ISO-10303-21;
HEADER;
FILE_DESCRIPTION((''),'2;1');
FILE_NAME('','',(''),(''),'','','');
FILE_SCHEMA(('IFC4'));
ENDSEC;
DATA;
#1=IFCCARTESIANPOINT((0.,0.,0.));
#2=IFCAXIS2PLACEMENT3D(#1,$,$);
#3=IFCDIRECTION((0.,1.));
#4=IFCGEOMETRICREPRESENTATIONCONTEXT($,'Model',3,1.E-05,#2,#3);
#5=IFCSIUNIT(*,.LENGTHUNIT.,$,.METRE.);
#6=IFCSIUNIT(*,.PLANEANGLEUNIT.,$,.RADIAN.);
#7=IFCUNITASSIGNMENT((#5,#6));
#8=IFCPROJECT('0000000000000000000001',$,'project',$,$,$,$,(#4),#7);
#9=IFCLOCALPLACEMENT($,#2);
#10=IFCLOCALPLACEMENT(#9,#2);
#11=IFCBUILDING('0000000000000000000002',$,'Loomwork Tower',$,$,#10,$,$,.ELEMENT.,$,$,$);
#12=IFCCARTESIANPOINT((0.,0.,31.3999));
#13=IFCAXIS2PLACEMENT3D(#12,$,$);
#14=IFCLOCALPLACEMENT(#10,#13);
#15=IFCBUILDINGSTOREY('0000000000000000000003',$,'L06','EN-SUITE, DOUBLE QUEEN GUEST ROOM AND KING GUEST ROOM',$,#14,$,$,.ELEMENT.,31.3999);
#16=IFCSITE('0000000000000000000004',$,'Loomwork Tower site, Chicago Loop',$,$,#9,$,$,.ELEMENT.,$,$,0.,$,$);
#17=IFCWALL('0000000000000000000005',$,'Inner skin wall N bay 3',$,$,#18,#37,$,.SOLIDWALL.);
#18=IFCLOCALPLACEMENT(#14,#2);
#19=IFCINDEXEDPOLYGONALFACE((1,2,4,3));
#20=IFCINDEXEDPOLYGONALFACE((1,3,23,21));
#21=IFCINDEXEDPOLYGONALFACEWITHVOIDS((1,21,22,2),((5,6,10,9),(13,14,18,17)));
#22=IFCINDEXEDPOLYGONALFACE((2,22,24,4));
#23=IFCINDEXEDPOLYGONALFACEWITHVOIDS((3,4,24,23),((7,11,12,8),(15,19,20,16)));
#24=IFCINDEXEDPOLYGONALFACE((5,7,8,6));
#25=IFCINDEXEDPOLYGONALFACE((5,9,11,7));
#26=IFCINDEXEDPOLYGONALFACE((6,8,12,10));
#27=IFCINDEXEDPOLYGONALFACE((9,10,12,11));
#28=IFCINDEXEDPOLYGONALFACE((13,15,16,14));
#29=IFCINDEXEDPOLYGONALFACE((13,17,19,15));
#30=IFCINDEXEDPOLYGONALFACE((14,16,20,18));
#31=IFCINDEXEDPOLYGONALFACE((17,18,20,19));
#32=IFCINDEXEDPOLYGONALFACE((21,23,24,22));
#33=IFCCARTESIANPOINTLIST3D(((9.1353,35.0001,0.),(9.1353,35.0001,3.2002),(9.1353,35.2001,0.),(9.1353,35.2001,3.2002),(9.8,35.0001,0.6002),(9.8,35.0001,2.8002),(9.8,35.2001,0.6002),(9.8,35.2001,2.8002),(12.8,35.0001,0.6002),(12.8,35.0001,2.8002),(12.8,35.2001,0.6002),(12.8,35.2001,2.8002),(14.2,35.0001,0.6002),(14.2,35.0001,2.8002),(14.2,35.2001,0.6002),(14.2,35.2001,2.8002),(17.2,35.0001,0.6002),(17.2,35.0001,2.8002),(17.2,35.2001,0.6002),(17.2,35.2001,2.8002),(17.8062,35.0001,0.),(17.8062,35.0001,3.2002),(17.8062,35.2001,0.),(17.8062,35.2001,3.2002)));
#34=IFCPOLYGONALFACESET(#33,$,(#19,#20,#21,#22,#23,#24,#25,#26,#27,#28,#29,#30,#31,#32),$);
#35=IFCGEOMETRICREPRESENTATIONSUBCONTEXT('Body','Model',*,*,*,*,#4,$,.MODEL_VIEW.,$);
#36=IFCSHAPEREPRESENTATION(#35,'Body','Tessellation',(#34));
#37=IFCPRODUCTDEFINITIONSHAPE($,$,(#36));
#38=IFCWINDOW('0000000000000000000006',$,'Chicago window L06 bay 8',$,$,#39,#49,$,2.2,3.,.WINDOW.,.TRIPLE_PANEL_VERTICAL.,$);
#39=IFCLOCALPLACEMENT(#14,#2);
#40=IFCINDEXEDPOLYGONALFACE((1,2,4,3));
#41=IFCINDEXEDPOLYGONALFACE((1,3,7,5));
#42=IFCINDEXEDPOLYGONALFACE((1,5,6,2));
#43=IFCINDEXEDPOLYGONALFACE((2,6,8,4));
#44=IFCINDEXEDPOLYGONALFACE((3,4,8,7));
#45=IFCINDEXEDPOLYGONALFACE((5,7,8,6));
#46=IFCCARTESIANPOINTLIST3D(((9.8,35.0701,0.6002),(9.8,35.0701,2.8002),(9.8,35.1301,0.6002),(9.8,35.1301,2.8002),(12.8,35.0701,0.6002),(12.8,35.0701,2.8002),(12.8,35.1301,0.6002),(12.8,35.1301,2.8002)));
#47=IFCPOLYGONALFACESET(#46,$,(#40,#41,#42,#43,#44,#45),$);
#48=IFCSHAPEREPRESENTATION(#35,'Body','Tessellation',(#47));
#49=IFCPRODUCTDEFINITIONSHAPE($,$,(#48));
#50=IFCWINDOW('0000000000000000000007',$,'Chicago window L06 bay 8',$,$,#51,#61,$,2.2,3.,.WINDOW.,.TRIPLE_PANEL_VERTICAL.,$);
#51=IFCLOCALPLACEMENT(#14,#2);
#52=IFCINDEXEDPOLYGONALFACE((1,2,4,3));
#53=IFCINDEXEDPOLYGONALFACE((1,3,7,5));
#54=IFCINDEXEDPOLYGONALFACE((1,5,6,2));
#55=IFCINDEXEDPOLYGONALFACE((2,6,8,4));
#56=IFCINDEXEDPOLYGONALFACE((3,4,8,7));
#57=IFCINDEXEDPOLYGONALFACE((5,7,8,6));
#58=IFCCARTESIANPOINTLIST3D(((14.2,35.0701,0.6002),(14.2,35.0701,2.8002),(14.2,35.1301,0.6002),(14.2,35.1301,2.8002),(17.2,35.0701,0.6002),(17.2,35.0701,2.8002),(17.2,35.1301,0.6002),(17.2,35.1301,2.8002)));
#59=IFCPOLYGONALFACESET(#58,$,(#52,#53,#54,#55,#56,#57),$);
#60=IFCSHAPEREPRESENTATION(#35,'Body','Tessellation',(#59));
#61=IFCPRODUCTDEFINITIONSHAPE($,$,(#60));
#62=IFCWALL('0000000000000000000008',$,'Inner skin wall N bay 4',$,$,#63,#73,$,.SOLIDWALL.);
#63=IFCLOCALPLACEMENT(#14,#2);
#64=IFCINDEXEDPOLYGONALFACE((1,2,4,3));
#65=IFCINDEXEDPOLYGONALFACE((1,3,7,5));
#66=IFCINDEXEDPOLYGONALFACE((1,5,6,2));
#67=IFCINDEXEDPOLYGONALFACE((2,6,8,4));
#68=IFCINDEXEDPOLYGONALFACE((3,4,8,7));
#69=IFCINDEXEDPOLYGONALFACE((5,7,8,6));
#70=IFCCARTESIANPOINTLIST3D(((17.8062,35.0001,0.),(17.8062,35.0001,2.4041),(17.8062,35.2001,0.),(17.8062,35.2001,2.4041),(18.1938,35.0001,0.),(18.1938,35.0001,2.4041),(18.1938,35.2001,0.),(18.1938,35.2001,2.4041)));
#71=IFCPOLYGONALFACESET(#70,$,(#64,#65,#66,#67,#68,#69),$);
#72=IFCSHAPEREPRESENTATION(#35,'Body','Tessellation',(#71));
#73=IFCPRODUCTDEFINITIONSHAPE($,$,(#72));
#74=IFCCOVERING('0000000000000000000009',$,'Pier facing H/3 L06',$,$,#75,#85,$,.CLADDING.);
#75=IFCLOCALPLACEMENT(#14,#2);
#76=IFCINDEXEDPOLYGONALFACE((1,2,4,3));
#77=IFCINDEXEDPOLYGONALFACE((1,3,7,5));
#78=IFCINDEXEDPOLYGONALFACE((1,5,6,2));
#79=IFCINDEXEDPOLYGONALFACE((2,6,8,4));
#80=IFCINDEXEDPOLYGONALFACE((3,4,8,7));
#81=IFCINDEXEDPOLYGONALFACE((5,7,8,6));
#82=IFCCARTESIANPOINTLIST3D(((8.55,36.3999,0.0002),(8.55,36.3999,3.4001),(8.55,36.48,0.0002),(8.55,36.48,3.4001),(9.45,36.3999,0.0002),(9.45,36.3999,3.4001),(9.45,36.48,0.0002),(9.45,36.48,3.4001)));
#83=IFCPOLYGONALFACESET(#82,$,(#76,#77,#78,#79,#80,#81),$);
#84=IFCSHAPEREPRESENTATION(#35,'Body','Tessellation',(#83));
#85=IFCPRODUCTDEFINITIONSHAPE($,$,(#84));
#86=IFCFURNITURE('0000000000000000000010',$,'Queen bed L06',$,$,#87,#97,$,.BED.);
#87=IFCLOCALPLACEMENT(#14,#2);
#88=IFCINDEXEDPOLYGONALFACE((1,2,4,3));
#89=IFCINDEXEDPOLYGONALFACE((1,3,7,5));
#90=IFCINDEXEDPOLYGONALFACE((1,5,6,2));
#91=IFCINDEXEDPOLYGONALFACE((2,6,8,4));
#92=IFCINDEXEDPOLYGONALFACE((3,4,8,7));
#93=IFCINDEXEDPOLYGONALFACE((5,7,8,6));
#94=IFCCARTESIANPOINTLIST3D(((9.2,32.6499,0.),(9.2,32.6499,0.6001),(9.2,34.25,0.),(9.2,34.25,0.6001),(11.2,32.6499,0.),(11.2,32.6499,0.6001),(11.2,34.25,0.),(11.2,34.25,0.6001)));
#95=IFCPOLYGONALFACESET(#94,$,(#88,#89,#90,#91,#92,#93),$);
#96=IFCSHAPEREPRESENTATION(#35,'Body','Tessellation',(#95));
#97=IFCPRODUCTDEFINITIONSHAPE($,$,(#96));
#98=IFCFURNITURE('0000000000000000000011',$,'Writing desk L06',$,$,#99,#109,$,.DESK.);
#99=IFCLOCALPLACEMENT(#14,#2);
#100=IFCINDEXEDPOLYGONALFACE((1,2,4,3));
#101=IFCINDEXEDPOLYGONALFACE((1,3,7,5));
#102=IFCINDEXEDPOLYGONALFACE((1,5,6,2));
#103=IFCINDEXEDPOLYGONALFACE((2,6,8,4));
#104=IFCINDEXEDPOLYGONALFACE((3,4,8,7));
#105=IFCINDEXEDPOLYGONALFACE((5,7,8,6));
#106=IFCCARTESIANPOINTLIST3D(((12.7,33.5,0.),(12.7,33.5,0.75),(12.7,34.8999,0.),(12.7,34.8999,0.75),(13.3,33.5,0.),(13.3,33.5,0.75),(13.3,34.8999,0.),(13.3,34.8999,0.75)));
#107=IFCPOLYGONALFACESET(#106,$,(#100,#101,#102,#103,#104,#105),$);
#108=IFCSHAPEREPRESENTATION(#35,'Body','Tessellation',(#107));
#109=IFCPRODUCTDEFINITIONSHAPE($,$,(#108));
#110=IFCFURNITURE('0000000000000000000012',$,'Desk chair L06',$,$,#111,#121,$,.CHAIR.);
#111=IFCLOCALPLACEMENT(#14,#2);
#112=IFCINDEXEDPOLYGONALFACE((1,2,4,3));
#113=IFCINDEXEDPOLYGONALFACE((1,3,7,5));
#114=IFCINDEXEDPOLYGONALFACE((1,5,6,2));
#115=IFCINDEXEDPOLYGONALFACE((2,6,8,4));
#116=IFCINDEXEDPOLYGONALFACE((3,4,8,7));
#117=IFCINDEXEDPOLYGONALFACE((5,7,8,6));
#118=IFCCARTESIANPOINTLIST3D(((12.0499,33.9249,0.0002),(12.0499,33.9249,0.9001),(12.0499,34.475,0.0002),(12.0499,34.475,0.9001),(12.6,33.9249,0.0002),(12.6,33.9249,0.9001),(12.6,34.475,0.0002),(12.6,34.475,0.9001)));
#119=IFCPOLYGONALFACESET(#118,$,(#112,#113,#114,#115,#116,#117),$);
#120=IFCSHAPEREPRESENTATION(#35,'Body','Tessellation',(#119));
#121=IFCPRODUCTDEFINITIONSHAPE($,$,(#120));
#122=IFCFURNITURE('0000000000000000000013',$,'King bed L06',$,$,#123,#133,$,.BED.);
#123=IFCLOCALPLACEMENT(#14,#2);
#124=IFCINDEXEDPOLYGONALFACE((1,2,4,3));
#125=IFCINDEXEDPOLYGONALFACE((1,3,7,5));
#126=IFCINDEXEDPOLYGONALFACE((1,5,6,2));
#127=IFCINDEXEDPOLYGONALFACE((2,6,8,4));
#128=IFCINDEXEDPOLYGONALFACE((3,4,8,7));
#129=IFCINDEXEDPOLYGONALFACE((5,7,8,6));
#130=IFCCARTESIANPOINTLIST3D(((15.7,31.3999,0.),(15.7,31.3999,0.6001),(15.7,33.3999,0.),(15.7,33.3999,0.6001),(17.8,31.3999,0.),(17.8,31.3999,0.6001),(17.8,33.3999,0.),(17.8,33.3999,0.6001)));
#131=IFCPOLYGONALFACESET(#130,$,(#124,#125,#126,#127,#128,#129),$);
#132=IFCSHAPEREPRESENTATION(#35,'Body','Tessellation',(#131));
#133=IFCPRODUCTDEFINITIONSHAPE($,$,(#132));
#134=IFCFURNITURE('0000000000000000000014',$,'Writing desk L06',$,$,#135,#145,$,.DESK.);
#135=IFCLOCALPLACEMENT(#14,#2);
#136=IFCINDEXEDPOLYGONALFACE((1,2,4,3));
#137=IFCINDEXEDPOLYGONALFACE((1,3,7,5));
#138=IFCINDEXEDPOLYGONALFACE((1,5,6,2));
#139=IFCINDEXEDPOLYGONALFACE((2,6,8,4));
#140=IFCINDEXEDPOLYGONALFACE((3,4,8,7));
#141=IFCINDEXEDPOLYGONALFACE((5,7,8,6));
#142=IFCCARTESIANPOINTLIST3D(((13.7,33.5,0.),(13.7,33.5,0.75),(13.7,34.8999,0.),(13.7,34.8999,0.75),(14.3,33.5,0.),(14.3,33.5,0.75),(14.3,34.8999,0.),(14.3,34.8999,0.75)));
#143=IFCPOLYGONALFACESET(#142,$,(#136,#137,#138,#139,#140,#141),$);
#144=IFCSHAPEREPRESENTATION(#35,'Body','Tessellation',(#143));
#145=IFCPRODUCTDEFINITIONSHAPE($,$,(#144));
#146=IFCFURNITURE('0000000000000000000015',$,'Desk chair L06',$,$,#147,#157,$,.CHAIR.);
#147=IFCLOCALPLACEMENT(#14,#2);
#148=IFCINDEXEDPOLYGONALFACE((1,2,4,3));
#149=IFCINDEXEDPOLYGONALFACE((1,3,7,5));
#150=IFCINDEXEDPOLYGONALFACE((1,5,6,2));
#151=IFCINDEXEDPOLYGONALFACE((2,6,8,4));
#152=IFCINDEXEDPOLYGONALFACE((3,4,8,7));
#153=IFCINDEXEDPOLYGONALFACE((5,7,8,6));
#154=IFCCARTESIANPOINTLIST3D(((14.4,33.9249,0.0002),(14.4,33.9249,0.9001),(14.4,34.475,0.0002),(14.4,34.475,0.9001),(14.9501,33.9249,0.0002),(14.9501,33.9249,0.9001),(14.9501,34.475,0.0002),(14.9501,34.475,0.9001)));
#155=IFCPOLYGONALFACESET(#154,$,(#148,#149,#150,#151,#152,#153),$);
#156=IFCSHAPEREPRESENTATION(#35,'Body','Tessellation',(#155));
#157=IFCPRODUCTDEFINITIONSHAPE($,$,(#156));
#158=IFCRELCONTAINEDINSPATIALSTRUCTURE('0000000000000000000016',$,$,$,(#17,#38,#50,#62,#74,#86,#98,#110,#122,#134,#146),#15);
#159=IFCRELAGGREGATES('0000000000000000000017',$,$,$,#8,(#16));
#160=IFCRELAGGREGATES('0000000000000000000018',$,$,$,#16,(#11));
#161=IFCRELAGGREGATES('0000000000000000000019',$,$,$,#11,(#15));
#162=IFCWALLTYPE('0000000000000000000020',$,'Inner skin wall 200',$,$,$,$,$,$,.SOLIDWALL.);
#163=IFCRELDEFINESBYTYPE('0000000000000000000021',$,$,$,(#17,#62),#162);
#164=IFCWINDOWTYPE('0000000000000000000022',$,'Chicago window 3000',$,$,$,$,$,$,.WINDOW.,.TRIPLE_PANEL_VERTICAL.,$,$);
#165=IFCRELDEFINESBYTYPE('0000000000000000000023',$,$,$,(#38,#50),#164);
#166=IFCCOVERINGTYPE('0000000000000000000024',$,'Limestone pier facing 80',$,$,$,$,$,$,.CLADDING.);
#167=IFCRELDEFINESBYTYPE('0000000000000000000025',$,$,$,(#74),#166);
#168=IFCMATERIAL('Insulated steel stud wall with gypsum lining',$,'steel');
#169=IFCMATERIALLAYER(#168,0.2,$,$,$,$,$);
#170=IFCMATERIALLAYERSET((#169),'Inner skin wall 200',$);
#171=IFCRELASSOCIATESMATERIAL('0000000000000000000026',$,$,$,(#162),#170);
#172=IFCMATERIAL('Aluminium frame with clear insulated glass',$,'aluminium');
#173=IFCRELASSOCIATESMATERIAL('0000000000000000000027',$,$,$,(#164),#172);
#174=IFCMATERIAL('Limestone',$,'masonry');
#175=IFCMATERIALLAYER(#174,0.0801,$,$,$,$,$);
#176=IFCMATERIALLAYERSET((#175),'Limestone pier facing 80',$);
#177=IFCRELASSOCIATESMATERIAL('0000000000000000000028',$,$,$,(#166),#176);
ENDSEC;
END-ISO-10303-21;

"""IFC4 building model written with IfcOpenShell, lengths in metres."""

from ifc_helpers import new_model, si_unit, direction, frame, frame_2d, origin, origin_2d, place, context, subcontext, project, spatial, rectangle, extrude, material, layer, layer_set, type_object, element, fill, save


model = new_model("IFC4")

# Units and contexts
model_context = context("Model", 3, precision=1e-05, world=origin(), true_north=direction((0.0, 1.0)))
body_context = subcontext(model_context, "Body", "Model", "MODEL_VIEW")
ifc_project = project(units=[si_unit("LENGTHUNIT", "METRE"), si_unit("PLANEANGLEUNIT", "RADIAN")], contexts=[model_context])

# Site, building, storey
site_placement = place(None, origin())
site = spatial("IfcSite", under=ifc_project, at=site_placement, Name="Loomwork Tower site, Chicago Loop", CompositionType="ELEMENT", RefElevation=0.0)
building_placement = place(site_placement, origin())
building = spatial("IfcBuilding", under=site, at=building_placement, Name="Loomwork Tower", CompositionType="ELEMENT")
storey_placement = place(building_placement, frame((0.0, 0.0, 31.3999)))
storey = spatial("IfcBuildingStorey", under=building, at=storey_placement, Name="L06", Description="EN-SUITE, DOUBLE QUEEN GUEST ROOM AND KING GUEST ROOM", CompositionType="ELEMENT", Elevation=31.3999)

# Wall, openings, windows
ifc_material_1 = material(Name="Insulated steel stud wall with gypsum lining", Category="steel")
ifc_layer_1 = layer(ifc_material_1, 0.2)
ifc_layer_set_1 = layer_set([ifc_layer_1], Name="Inner skin wall 200")
wall_type = type_object("IfcWallType", Name="Inner skin wall 200", PredefinedType="SOLIDWALL", material=ifc_layer_set_1)
wall_1_placement = place(storey_placement, frame((9.1353, 35.1001, 0.0), z_axis=(0.0, 0.0, 1.0), x_axis=(1.0, 0.0, 0.0)))
wall_1 = element("IfcWall", 1, at=wall_1_placement, inside=storey, type_object=wall_type, Name="Inner skin wall N bay 3", PredefinedType="SOLIDWALL", context=body_context, shape_type="SweptSolid", body=[
    extrude(rectangle(XDim=8.6709, YDim=0.2, at=frame_2d((4.3354, 0.0))), origin(), (0.0, 0.0, 1.0), 3.2002),
])
opening_1_placement = place(wall_1_placement, frame((0.6648, 0.0, 0.6001)))
opening_1 = element("IfcOpeningElement", 2, at=opening_1_placement, cuts=wall_1, PredefinedType="OPENING", context=body_context, shape_type="SweptSolid", body=[
    extrude(rectangle(XDim=3.0, YDim=2.2, at=frame_2d((1.5, 1.1001))), frame((0.0, 0.1099, 0.0), z_axis=(0.0, -1.0, 0.0), x_axis=(1.0, 0.0, 0.0)), (0.0, 0.0, 1.0), 0.22),
])
opening_2_placement = place(wall_1_placement, frame((5.0647, 0.0, 0.6001)))
opening_2 = element("IfcOpeningElement", 3, at=opening_2_placement, cuts=wall_1, PredefinedType="OPENING", context=body_context, shape_type="SweptSolid", body=[
    extrude(rectangle(XDim=3.0, YDim=2.2, at=frame_2d((1.5, 1.1001))), frame((0.0, 0.1099, 0.0), z_axis=(0.0, -1.0, 0.0), x_axis=(1.0, 0.0, 0.0)), (0.0, 0.0, 1.0), 0.22),
])
ifc_material_2 = material(Name="Aluminium frame with clear insulated glass", Category="aluminium")
window_type = type_object("IfcWindowType", Name="Chicago window 3000", PartitioningType="TRIPLE_PANEL_VERTICAL", PredefinedType="WINDOW", material=ifc_material_2)
window_1_placement = place(opening_1_placement, origin())
window_1 = element("IfcWindow", 4, at=window_1_placement, inside=storey, type_object=window_type, Name="Chicago window L06 bay 8", OverallHeight=2.2, OverallWidth=3.0, PartitioningType="TRIPLE_PANEL_VERTICAL", PredefinedType="WINDOW", context=body_context, shape_type="SweptSolid", body=[
    extrude(rectangle(XDim=3.0, YDim=2.2, at=frame_2d((1.5, 1.1001))), frame((0.0, 0.03, 0.0), z_axis=(0.0, -1.0, 0.0), x_axis=(1.0, 0.0, 0.0)), (0.0, 0.0, 1.0), 0.0601),
])
fill(opening_1, window_1)
window_2_placement = place(opening_2_placement, origin())
window_2 = element("IfcWindow", 5, at=window_2_placement, inside=storey, type_object=window_type, Name="Chicago window L06 bay 8", OverallHeight=2.2, OverallWidth=3.0, PartitioningType="TRIPLE_PANEL_VERTICAL", PredefinedType="WINDOW", context=body_context, shape_type="SweptSolid", body=[
    extrude(rectangle(XDim=3.0, YDim=2.2, at=frame_2d((1.5, 1.1001))), frame((0.0, 0.03, 0.0), z_axis=(0.0, -1.0, 0.0), x_axis=(1.0, 0.0, 0.0)), (0.0, 0.0, 1.0), 0.0601),
])
fill(opening_2, window_2)

# Wall
wall_2_placement = place(storey_placement, frame((17.8062, 35.1001, 0.0), z_axis=(0.0, 0.0, 1.0), x_axis=(1.0, 0.0, 0.0)))
element("IfcWall", 6, at=wall_2_placement, inside=storey, type_object=wall_type, Name="Inner skin wall N bay 4", PredefinedType="SOLIDWALL", context=body_context, shape_type="SweptSolid", body=[
    extrude(rectangle(XDim=0.3877, YDim=0.2, at=frame_2d((0.1938, 0.0))), origin(), (0.0, 0.0, 1.0), 2.4041),
])

# Covering
ifc_material_3 = material(Name="Limestone", Category="masonry")
ifc_layer_2 = layer(ifc_material_3, 0.0801)
ifc_layer_set_2 = layer_set([ifc_layer_2], Name="Limestone pier facing 80")
covering_type = type_object("IfcCoveringType", Name="Limestone pier facing 80", PredefinedType="CLADDING", material=ifc_layer_set_2)
covering_placement = place(storey_placement, frame((9.0, 36.4399, 0.0002), z_axis=(0.0, 0.0, 1.0), x_axis=(1.0, 0.0, 0.0)))
element("IfcCovering", 7, at=covering_placement, inside=storey, type_object=covering_type, Name="Pier facing H/3 L06", PredefinedType="CLADDING", context=body_context, shape_type="SweptSolid", body=[
    extrude(rectangle(XDim=0.8999, YDim=0.0801, at=origin_2d()), origin(), (0.0, 0.0, 1.0), 3.3999),
])

# Furniture
furniture_1_placement = place(storey_placement, frame((10.2, 33.45, 0.0), z_axis=(0.0, 0.0, 1.0), x_axis=(1.0, 0.0, 0.0)))
element("IfcFurniture", 8, at=furniture_1_placement, inside=storey, Name="Queen bed L06", PredefinedType="BED", context=body_context, shape_type="SweptSolid", body=[
    extrude(rectangle(XDim=2.0, YDim=1.6001, at=origin_2d()), origin(), (0.0, 0.0, 1.0), 0.6001),
])
furniture_2_placement = place(storey_placement, frame((13.0, 34.2, 0.0), z_axis=(0.0, 0.0, 1.0), x_axis=(1.0, 0.0, 0.0)))
element("IfcFurniture", 9, at=furniture_2_placement, inside=storey, Name="Writing desk L06", PredefinedType="DESK", context=body_context, shape_type="SweptSolid", body=[
    extrude(rectangle(XDim=0.6001, YDim=1.3999, at=origin_2d()), origin(), (0.0, 0.0, 1.0), 0.75),
])
furniture_3_placement = place(storey_placement, frame((12.325, 34.2, 0.0002), z_axis=(0.0, 0.0, 1.0), x_axis=(1.0, 0.0, 0.0)))
element("IfcFurniture", 10, at=furniture_3_placement, inside=storey, Name="Desk chair L06", PredefinedType="CHAIR", context=body_context, shape_type="SweptSolid", body=[
    extrude(rectangle(XDim=0.55, YDim=0.55, at=origin_2d()), origin(), (0.0, 0.0, 1.0), 0.8999),
])
furniture_4_placement = place(storey_placement, frame((16.75, 32.3999, 0.0), z_axis=(0.0, 0.0, 1.0), x_axis=(1.0, 0.0, 0.0)))
element("IfcFurniture", 11, at=furniture_4_placement, inside=storey, Name="King bed L06", PredefinedType="BED", context=body_context, shape_type="SweptSolid", body=[
    extrude(rectangle(XDim=2.1001, YDim=2.0, at=origin_2d()), origin(), (0.0, 0.0, 1.0), 0.6001),
])
furniture_5_placement = place(storey_placement, frame((14.0, 34.2, 0.0), z_axis=(0.0, 0.0, 1.0), x_axis=(1.0, 0.0, 0.0)))
element("IfcFurniture", 12, at=furniture_5_placement, inside=storey, Name="Writing desk L06", PredefinedType="DESK", context=body_context, shape_type="SweptSolid", body=[
    extrude(rectangle(XDim=0.6001, YDim=1.3999, at=origin_2d()), origin(), (0.0, 0.0, 1.0), 0.75),
])
furniture_6_placement = place(storey_placement, frame((14.675, 34.2, 0.0002), z_axis=(0.0, 0.0, 1.0), x_axis=(1.0, 0.0, 0.0)))
element("IfcFurniture", 13, at=furniture_6_placement, inside=storey, Name="Desk chair L06", PredefinedType="CHAIR", context=body_context, shape_type="SweptSolid", body=[
    extrude(rectangle(XDim=0.55, YDim=0.55, at=origin_2d()), origin(), (0.0, 0.0, 1.0), 0.8999),
])

save(model, "model.ifc")
